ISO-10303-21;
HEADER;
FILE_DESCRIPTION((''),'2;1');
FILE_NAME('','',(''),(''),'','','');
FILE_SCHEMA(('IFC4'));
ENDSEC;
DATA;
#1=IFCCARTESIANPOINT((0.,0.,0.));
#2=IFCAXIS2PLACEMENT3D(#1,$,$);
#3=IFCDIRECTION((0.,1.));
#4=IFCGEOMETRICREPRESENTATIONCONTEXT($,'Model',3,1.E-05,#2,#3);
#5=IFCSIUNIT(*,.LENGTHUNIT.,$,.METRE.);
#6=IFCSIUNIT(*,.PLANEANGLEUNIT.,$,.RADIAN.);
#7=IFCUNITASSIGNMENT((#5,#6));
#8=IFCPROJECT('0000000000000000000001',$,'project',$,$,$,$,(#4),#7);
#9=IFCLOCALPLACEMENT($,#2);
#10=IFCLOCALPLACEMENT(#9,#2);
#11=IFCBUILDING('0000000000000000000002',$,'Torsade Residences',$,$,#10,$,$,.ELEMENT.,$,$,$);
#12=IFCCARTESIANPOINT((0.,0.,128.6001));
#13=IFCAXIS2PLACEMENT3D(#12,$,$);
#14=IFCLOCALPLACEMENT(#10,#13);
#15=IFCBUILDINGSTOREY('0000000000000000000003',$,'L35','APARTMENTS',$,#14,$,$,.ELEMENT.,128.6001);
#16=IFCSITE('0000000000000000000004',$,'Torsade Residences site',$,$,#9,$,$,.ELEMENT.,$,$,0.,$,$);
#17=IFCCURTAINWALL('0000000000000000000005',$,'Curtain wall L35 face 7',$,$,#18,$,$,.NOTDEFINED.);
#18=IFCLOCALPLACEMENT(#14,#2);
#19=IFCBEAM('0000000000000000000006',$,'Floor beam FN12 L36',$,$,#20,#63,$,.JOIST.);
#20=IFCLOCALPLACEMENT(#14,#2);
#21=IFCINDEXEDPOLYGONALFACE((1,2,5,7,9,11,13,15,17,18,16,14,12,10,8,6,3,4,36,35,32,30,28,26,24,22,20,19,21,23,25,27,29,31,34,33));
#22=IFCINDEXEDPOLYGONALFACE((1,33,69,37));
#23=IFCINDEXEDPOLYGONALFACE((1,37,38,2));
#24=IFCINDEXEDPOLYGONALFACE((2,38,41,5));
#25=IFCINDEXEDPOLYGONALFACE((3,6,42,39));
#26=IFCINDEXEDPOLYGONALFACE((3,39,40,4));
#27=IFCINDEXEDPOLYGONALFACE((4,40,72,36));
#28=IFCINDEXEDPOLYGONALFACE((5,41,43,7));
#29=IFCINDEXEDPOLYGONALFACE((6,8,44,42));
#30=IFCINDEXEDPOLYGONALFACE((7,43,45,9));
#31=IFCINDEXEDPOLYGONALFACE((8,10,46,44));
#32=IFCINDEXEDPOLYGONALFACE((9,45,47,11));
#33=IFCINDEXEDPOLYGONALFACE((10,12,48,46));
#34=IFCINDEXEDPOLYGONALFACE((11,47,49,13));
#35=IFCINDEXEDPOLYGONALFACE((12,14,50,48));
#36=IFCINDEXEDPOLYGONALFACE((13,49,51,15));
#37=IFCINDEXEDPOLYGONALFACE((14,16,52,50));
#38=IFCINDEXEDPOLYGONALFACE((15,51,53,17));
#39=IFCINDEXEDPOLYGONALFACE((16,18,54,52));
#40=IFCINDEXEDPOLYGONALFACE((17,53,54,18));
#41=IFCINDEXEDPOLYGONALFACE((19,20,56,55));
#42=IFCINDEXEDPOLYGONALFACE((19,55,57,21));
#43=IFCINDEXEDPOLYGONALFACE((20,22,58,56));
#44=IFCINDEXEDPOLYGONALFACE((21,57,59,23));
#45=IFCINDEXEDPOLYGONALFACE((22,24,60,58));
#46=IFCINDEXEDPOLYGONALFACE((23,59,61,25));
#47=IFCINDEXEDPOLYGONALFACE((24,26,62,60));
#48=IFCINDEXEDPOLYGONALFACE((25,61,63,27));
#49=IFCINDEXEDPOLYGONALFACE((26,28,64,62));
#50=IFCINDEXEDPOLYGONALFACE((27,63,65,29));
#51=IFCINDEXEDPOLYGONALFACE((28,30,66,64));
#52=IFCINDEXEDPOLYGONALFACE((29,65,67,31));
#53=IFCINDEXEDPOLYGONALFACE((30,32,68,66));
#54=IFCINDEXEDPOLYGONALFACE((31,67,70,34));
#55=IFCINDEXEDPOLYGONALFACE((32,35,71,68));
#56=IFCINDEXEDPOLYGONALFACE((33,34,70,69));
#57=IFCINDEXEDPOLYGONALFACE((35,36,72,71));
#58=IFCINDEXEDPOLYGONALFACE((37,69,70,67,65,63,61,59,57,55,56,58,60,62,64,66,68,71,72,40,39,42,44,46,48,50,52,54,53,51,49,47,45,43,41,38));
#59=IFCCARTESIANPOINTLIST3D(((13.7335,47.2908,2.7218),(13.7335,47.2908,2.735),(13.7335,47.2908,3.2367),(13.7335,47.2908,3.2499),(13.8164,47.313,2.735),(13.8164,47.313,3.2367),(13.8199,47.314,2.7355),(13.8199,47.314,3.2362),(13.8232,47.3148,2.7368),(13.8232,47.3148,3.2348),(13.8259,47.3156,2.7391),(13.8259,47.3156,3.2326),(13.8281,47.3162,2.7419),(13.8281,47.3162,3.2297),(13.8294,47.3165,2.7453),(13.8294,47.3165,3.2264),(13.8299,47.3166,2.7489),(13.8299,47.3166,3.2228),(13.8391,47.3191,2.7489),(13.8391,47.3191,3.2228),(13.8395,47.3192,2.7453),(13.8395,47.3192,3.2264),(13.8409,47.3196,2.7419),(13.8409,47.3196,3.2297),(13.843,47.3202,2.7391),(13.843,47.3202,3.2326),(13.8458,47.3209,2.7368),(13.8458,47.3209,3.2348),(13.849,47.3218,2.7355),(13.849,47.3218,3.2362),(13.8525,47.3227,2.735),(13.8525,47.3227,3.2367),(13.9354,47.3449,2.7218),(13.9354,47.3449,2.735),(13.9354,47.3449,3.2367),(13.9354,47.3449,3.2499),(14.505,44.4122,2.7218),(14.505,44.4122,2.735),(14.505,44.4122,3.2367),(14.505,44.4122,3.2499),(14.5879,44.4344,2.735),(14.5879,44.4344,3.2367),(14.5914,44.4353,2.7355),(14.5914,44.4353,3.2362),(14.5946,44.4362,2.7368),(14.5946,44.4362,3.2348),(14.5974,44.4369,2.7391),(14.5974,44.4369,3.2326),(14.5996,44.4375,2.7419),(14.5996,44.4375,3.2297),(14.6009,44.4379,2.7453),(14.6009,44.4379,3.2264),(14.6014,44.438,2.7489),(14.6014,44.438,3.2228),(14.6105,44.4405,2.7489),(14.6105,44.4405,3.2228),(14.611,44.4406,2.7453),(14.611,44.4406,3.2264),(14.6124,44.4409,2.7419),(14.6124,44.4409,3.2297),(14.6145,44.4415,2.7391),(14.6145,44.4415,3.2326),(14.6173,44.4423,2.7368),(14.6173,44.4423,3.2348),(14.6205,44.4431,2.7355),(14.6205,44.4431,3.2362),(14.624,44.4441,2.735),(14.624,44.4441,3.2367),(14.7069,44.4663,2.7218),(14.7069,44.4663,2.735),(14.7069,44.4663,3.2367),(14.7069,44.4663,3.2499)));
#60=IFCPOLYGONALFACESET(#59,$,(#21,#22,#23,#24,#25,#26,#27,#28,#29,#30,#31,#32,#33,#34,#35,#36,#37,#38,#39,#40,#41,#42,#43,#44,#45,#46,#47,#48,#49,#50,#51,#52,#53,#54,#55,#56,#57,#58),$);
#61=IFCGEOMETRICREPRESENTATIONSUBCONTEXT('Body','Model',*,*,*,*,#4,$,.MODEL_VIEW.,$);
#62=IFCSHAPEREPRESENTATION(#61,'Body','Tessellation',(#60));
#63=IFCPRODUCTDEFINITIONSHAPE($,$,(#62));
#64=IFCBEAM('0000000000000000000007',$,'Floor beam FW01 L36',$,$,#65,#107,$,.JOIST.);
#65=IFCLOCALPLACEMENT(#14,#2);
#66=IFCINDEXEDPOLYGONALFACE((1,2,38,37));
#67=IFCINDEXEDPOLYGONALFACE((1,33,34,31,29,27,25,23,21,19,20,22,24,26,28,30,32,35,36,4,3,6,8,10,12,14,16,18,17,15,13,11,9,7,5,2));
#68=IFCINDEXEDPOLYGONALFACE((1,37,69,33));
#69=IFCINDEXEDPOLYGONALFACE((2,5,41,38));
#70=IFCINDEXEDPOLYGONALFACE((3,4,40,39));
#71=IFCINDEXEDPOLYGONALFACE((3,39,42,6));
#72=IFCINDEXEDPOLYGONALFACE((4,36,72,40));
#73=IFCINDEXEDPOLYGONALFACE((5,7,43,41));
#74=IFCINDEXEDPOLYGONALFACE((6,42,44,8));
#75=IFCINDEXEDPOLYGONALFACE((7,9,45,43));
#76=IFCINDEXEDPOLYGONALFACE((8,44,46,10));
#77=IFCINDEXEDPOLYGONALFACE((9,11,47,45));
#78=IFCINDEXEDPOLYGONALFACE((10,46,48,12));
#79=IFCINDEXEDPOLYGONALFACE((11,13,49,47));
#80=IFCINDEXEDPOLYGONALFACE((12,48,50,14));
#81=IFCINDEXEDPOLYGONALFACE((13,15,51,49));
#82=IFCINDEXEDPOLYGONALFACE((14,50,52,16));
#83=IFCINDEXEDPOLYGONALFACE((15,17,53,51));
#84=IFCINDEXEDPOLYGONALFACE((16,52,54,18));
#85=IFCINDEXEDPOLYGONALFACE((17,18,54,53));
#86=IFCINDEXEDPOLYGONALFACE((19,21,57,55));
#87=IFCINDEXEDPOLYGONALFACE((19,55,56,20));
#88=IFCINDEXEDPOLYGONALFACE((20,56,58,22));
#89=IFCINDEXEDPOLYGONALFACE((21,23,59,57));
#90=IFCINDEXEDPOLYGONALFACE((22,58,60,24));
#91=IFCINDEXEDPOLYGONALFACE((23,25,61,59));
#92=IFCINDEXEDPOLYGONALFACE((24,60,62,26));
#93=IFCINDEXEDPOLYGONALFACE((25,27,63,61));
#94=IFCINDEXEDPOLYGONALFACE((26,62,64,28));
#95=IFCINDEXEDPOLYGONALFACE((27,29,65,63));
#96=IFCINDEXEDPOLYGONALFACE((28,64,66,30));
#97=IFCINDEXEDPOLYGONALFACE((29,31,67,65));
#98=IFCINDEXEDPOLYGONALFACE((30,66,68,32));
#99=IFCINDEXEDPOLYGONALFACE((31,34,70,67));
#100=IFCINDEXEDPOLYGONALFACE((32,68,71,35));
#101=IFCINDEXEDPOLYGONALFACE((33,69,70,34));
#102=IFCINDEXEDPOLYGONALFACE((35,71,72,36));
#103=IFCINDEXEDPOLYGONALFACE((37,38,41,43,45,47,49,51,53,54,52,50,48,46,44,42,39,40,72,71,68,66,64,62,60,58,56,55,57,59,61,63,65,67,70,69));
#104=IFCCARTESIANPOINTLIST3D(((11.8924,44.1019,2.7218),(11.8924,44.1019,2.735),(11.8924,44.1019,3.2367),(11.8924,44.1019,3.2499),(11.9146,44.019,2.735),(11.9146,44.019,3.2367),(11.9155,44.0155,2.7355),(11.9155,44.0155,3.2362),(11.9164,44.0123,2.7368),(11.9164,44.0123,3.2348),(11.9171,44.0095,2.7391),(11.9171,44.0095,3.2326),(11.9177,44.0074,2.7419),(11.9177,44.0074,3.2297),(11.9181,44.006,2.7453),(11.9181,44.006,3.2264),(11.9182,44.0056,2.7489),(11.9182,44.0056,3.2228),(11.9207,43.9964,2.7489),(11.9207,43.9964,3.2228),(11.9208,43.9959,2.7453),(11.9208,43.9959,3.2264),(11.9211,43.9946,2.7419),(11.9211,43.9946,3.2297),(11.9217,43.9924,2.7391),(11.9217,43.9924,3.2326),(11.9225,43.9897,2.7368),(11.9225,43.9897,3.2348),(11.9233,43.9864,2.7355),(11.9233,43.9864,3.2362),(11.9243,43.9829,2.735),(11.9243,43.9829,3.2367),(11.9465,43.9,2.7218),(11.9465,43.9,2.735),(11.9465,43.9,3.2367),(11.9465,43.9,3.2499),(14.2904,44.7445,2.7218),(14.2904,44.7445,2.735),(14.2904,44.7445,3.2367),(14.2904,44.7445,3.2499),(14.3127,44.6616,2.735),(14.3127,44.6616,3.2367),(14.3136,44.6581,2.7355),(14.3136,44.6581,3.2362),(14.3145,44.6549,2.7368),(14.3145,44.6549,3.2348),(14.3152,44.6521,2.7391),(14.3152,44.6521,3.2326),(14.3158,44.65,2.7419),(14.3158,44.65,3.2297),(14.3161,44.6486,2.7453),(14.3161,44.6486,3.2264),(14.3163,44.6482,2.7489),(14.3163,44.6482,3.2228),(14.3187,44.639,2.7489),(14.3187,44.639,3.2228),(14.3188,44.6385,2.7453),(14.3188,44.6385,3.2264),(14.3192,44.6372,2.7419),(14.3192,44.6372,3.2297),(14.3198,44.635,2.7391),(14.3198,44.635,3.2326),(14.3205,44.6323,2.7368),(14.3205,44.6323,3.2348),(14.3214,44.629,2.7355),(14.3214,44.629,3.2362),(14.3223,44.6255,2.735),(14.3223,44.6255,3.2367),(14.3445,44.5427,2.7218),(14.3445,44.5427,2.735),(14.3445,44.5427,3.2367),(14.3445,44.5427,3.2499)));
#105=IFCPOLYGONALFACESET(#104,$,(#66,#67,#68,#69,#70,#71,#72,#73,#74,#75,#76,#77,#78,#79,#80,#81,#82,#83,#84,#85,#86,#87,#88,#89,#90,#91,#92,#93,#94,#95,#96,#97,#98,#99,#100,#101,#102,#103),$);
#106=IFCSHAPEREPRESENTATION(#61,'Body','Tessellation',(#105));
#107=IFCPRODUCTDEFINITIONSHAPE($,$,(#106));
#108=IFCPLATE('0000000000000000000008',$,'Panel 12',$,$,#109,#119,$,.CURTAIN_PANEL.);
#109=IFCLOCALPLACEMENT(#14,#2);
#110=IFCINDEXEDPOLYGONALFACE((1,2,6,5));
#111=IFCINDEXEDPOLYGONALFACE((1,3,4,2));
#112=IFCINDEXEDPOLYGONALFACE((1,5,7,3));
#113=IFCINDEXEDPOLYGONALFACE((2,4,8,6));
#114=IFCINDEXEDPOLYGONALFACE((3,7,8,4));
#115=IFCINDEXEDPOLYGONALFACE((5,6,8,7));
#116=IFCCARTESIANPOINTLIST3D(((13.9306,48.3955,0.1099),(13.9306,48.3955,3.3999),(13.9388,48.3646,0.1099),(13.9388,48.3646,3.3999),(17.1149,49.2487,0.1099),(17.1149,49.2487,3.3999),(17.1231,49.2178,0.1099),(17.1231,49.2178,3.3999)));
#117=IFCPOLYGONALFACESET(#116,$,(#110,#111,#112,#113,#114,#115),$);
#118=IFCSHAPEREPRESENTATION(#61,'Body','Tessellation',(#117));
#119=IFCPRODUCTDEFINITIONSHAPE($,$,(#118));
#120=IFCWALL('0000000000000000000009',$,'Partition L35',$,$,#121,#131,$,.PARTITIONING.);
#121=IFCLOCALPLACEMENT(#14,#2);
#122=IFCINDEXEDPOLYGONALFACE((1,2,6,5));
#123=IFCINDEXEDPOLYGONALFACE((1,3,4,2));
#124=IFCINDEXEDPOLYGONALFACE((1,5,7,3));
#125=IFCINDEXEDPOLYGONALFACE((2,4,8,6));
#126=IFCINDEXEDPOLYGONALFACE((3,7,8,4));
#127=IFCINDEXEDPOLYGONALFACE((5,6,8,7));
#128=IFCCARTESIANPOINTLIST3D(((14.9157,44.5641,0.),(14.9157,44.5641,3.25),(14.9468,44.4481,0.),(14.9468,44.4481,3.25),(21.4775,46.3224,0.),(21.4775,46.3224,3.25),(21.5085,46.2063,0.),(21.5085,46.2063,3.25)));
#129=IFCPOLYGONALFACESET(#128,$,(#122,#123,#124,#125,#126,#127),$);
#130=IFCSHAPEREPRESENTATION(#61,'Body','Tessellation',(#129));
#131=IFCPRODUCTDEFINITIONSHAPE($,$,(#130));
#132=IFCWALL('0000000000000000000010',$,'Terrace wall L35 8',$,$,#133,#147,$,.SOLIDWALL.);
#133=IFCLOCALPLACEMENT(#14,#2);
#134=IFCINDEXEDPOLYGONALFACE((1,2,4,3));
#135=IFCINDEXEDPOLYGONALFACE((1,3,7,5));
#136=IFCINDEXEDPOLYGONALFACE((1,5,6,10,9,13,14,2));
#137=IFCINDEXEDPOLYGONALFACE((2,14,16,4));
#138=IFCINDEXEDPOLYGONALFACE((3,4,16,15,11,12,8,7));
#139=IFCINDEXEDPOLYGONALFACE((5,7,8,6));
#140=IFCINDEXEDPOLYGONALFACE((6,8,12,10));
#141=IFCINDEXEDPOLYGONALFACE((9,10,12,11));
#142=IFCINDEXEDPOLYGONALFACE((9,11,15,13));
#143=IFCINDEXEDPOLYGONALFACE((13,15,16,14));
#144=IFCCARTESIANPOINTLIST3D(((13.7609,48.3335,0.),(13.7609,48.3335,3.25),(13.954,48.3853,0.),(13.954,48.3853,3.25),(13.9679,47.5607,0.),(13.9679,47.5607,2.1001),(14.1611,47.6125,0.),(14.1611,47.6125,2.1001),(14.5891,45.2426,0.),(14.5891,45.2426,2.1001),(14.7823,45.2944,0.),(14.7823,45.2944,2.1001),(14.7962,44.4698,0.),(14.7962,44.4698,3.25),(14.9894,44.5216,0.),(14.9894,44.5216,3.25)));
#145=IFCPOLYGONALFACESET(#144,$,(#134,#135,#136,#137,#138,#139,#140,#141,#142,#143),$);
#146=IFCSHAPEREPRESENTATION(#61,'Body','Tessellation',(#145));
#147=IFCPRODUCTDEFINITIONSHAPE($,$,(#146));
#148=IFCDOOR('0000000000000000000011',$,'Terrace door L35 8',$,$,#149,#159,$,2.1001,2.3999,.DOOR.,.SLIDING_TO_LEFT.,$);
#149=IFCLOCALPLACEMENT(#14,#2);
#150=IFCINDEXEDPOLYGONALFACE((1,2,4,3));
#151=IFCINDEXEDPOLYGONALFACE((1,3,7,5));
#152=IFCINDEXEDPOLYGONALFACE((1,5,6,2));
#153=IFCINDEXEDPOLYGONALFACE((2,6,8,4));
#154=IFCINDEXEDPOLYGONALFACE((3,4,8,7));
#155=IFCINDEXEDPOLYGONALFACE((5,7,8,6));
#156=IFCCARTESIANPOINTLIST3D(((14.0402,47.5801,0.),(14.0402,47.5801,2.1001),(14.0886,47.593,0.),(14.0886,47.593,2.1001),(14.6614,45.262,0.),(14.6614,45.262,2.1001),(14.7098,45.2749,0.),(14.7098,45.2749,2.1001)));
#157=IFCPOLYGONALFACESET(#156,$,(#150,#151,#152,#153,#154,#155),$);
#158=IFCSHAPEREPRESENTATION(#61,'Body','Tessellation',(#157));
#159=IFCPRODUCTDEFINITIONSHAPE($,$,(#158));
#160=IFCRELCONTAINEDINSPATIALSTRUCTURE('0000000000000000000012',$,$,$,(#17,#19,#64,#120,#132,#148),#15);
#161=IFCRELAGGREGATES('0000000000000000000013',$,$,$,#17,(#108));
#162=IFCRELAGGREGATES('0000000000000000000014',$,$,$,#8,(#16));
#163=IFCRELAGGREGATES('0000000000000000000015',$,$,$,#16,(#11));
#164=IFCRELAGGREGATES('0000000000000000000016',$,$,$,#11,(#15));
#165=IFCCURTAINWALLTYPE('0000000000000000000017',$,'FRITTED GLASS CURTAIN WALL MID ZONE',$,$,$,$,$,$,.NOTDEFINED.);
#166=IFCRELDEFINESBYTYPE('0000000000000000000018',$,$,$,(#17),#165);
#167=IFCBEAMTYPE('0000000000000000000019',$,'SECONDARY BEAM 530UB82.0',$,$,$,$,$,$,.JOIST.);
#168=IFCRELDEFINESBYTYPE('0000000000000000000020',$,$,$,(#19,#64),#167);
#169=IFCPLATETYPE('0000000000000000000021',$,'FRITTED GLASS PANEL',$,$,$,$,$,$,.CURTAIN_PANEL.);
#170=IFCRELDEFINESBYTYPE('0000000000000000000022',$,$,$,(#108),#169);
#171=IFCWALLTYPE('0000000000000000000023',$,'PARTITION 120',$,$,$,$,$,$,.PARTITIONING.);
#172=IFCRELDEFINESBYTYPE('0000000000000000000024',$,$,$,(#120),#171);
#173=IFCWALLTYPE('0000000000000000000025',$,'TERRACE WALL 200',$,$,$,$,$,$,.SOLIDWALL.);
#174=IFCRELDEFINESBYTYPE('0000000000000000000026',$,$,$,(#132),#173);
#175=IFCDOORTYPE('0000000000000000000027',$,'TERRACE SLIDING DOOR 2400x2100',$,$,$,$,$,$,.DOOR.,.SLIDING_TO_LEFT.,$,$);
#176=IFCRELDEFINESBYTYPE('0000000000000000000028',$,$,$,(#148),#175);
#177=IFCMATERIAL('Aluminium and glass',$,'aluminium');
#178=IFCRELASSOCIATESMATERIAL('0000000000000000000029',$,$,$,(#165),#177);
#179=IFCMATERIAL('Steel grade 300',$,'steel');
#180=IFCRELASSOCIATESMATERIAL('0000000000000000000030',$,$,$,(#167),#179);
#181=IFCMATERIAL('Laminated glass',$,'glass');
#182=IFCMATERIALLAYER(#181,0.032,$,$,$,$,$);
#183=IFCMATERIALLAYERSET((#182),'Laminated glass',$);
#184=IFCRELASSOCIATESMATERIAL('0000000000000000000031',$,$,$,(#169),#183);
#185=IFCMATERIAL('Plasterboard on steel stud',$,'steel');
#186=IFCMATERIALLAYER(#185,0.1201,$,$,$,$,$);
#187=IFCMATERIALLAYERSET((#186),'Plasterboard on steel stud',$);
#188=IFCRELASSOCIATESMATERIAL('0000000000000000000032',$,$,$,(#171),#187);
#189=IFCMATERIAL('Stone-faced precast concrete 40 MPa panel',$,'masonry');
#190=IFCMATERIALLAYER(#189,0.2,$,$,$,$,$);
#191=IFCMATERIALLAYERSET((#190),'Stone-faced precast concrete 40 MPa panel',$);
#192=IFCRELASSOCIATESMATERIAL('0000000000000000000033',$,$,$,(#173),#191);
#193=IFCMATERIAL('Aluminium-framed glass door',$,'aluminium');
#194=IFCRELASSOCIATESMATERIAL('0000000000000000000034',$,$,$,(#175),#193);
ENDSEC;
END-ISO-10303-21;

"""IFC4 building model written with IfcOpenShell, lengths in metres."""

from ifc_helpers import new_model, si_unit, direction, frame, frame_2d, origin, origin_2d, place, context, subcontext, project, spatial, rectangle, i_section, extrude, material, layer, layer_set, material_profile, profile_set, type_object, element, fill, aggregate, save


model = new_model("IFC4")

# Units and contexts
model_context = context("Model", 3, precision=1e-05, world=origin(), true_north=direction((0.0, 1.0)))
body_context = subcontext(model_context, "Body", "Model", "MODEL_VIEW")
ifc_project = project(units=[si_unit("LENGTHUNIT", "METRE"), si_unit("PLANEANGLEUNIT", "RADIAN")], contexts=[model_context])

# Site, building, storey
site_placement = place(None, origin())
site = spatial("IfcSite", under=ifc_project, at=site_placement, Name="Torsade Residences site", CompositionType="ELEMENT", RefElevation=0.0)
building_placement = place(site_placement, origin())
building = spatial("IfcBuilding", under=site, at=building_placement, Name="Torsade Residences", CompositionType="ELEMENT")
storey_placement = place(building_placement, frame((0.0, 0.0, 128.6001)))
storey = spatial("IfcBuildingStorey", under=building, at=storey_placement, Name="L35", Description="APARTMENTS", CompositionType="ELEMENT", Elevation=128.6001)

# Curtain wall
ifc_material_1 = material(Name="Aluminium and glass", Category="aluminium")
curtain_wall_type = type_object("IfcCurtainWallType", Name="FRITTED GLASS CURTAIN WALL MID ZONE", PredefinedType="NOTDEFINED", material=ifc_material_1)
curtain_wall_1_placement = place(storey_placement, origin())
curtain_wall_1 = element("IfcCurtainWall", 1, at=curtain_wall_1_placement, inside=storey, type_object=curtain_wall_type, Name="Curtain wall L35 face 7", PredefinedType="NOTDEFINED")

# Beams
ifc_material_2 = material(Name="Steel grade 300", Category="steel")
ifc_material_profile_1 = material_profile(ifc_material_2, i_section(OverallWidth=0.209, OverallDepth=0.5281, WebThickness=0.0095, FlangeThickness=0.0132, FilletRadius=0.0139, at=origin_2d()), Name="530UB82.0")
ifc_profile_set_1 = profile_set([ifc_material_profile_1], Name="Steel grade 300")
beam_type_1 = type_object("IfcBeamType", Name="SECONDARY BEAM 530UB82.0", PredefinedType="JOIST", material=ifc_profile_set_1)
beam_1_placement = place(storey_placement, frame((13.8345, 47.3179, 2.9858), z_axis=(0.258866, -0.965913, 0.0), x_axis=(0.965913, 0.258866, 0.0)))
element("IfcBeam", 2, at=beam_1_placement, inside=storey, type_object=beam_type_1, Name="Floor beam FN12 L36", PredefinedType="JOIST", context=body_context, shape_type="SweptSolid", body=[
    extrude(i_section(OverallWidth=0.209, OverallDepth=0.5281, WebThickness=0.0095, FlangeThickness=0.0132, FilletRadius=0.0139, at=origin_2d()), origin(), (0.0, 0.0, 1.0), 2.9802),
])
beam_2_placement = place(storey_placement, frame((11.9194, 44.001, 2.9858), z_axis=(0.965921, 0.258838, 0.0), x_axis=(-0.258838, 0.965921, 0.0)))
element("IfcBeam", 3, at=beam_2_placement, inside=storey, type_object=beam_type_1, Name="Floor beam FW01 L36", PredefinedType="JOIST", context=body_context, shape_type="SweptSolid", body=[
    extrude(i_section(OverallWidth=0.209, OverallDepth=0.5281, WebThickness=0.0095, FlangeThickness=0.0132, FilletRadius=0.0139, at=origin_2d()), origin(), (0.0, 0.0, 1.0), 2.4827),
])

# Plate
ifc_material_3 = material(Name="Laminated glass", Category="glass")
ifc_layer_1 = layer(ifc_material_3, 0.032)
ifc_layer_set_1 = layer_set([ifc_layer_1], Name="Laminated glass")
plate_type = type_object("IfcPlateType", Name="FRITTED GLASS PANEL", PredefinedType="CURTAIN_PANEL", material=ifc_layer_set_1)
plate_placement = place(storey_placement, frame((15.5269, 48.8066, 0.1099), z_axis=(0.0, 0.0, 1.0), x_axis=(-0.965926, -0.258819, 0.0)))
plate = element("IfcPlate", 4, at=plate_placement, type_object=plate_type, Name="Panel 12", PredefinedType="CURTAIN_PANEL", context=body_context, shape_type="SweptSolid", body=[
    extrude(rectangle(XDim=3.2966, YDim=0.032, at=origin_2d()), origin(), (0.0, 0.0, 1.0), 3.29),
])
aggregate(curtain_wall_1, [plate])

# Wall
ifc_material_4 = material(Name="Plasterboard on steel stud", Category="steel")
ifc_layer_2 = layer(ifc_material_4, 0.1201)
ifc_layer_set_2 = layer_set([ifc_layer_2], Name="Plasterboard on steel stud")
wall_type_1 = type_object("IfcWallType", Name="PARTITION 120", PredefinedType="PARTITIONING", material=ifc_layer_set_2)
wall_1_placement = place(storey_placement, frame((14.9314, 44.5061, 0.0), z_axis=(0.0, 0.0, 1.0), x_axis=(0.965923, 0.25883, 0.0)))
element("IfcWall", 5, at=wall_1_placement, inside=storey, type_object=wall_type_1, Name="Partition L35", PredefinedType="PARTITIONING", context=body_context, shape_type="SweptSolid", body=[
    extrude(rectangle(XDim=6.7932, YDim=0.1201, at=frame_2d((3.3965, 0.0))), origin(), (0.0, 0.0, 1.0), 3.25),
])

# Wall, opening, door
ifc_material_5 = material(Name="Stone-faced precast concrete 40 MPa panel", Category="masonry")
ifc_layer_3 = layer(ifc_material_5, 0.2)
ifc_layer_set_3 = layer_set([ifc_layer_3], Name="Stone-faced precast concrete 40 MPa panel")
wall_type_2 = type_object("IfcWallType", Name="TERRACE WALL 200", PredefinedType="SOLIDWALL", material=ifc_layer_set_3)
wall_2_placement = place(storey_placement, frame((13.8574, 48.3594, 0.0), z_axis=(0.0, 0.0, 1.0), x_axis=(0.258844, -0.965919, 0.0)))
wall_2 = element("IfcWall", 6, at=wall_2_placement, inside=storey, type_object=wall_type_2, Name="Terrace wall L35 8", PredefinedType="SOLIDWALL", context=body_context, shape_type="SweptSolid", body=[
    extrude(rectangle(XDim=4.0, YDim=0.2, at=frame_2d((2.0, 0.0))), origin(), (0.0, 0.0, 1.0), 3.25),
])
opening_1_placement = place(wall_2_placement, frame((0.8, 0.0, 0.0)))
opening_1 = element("IfcOpeningElement", 7, at=opening_1_placement, cuts=wall_2, PredefinedType="OPENING", context=body_context, shape_type="SweptSolid", body=[
    extrude(rectangle(XDim=2.3999, YDim=2.1001, at=frame_2d((1.2, 1.05))), frame((0.0, 0.1099, 0.0), z_axis=(0.0, -1.0, 0.0), x_axis=(1.0, 0.0, 0.0)), (0.0, 0.0, 1.0), 0.22),
])
ifc_material_6 = material(Name="Aluminium-framed glass door", Category="aluminium")
door_type = type_object("IfcDoorType", Name="TERRACE SLIDING DOOR 2400x2100", OperationType="SLIDING_TO_LEFT", PredefinedType="DOOR", material=ifc_material_6)
door_placement = place(opening_1_placement, origin())
door = element("IfcDoor", 8, at=door_placement, inside=storey, type_object=door_type, Name="Terrace door L35 8", OperationType="SLIDING_TO_LEFT", OverallHeight=2.1001, OverallWidth=2.3999, PredefinedType="DOOR", context=body_context, shape_type="SweptSolid", body=[
    extrude(rectangle(XDim=2.3999, YDim=2.1001, at=frame_2d((1.2, 1.05))), frame((0.0, 0.0249, 0.0), z_axis=(0.0, -1.0, 0.0), x_axis=(1.0, 0.0, 0.0)), (0.0, 0.0, 1.0), 0.05),
])
fill(opening_1, door)

save(model, "model.ifc")
